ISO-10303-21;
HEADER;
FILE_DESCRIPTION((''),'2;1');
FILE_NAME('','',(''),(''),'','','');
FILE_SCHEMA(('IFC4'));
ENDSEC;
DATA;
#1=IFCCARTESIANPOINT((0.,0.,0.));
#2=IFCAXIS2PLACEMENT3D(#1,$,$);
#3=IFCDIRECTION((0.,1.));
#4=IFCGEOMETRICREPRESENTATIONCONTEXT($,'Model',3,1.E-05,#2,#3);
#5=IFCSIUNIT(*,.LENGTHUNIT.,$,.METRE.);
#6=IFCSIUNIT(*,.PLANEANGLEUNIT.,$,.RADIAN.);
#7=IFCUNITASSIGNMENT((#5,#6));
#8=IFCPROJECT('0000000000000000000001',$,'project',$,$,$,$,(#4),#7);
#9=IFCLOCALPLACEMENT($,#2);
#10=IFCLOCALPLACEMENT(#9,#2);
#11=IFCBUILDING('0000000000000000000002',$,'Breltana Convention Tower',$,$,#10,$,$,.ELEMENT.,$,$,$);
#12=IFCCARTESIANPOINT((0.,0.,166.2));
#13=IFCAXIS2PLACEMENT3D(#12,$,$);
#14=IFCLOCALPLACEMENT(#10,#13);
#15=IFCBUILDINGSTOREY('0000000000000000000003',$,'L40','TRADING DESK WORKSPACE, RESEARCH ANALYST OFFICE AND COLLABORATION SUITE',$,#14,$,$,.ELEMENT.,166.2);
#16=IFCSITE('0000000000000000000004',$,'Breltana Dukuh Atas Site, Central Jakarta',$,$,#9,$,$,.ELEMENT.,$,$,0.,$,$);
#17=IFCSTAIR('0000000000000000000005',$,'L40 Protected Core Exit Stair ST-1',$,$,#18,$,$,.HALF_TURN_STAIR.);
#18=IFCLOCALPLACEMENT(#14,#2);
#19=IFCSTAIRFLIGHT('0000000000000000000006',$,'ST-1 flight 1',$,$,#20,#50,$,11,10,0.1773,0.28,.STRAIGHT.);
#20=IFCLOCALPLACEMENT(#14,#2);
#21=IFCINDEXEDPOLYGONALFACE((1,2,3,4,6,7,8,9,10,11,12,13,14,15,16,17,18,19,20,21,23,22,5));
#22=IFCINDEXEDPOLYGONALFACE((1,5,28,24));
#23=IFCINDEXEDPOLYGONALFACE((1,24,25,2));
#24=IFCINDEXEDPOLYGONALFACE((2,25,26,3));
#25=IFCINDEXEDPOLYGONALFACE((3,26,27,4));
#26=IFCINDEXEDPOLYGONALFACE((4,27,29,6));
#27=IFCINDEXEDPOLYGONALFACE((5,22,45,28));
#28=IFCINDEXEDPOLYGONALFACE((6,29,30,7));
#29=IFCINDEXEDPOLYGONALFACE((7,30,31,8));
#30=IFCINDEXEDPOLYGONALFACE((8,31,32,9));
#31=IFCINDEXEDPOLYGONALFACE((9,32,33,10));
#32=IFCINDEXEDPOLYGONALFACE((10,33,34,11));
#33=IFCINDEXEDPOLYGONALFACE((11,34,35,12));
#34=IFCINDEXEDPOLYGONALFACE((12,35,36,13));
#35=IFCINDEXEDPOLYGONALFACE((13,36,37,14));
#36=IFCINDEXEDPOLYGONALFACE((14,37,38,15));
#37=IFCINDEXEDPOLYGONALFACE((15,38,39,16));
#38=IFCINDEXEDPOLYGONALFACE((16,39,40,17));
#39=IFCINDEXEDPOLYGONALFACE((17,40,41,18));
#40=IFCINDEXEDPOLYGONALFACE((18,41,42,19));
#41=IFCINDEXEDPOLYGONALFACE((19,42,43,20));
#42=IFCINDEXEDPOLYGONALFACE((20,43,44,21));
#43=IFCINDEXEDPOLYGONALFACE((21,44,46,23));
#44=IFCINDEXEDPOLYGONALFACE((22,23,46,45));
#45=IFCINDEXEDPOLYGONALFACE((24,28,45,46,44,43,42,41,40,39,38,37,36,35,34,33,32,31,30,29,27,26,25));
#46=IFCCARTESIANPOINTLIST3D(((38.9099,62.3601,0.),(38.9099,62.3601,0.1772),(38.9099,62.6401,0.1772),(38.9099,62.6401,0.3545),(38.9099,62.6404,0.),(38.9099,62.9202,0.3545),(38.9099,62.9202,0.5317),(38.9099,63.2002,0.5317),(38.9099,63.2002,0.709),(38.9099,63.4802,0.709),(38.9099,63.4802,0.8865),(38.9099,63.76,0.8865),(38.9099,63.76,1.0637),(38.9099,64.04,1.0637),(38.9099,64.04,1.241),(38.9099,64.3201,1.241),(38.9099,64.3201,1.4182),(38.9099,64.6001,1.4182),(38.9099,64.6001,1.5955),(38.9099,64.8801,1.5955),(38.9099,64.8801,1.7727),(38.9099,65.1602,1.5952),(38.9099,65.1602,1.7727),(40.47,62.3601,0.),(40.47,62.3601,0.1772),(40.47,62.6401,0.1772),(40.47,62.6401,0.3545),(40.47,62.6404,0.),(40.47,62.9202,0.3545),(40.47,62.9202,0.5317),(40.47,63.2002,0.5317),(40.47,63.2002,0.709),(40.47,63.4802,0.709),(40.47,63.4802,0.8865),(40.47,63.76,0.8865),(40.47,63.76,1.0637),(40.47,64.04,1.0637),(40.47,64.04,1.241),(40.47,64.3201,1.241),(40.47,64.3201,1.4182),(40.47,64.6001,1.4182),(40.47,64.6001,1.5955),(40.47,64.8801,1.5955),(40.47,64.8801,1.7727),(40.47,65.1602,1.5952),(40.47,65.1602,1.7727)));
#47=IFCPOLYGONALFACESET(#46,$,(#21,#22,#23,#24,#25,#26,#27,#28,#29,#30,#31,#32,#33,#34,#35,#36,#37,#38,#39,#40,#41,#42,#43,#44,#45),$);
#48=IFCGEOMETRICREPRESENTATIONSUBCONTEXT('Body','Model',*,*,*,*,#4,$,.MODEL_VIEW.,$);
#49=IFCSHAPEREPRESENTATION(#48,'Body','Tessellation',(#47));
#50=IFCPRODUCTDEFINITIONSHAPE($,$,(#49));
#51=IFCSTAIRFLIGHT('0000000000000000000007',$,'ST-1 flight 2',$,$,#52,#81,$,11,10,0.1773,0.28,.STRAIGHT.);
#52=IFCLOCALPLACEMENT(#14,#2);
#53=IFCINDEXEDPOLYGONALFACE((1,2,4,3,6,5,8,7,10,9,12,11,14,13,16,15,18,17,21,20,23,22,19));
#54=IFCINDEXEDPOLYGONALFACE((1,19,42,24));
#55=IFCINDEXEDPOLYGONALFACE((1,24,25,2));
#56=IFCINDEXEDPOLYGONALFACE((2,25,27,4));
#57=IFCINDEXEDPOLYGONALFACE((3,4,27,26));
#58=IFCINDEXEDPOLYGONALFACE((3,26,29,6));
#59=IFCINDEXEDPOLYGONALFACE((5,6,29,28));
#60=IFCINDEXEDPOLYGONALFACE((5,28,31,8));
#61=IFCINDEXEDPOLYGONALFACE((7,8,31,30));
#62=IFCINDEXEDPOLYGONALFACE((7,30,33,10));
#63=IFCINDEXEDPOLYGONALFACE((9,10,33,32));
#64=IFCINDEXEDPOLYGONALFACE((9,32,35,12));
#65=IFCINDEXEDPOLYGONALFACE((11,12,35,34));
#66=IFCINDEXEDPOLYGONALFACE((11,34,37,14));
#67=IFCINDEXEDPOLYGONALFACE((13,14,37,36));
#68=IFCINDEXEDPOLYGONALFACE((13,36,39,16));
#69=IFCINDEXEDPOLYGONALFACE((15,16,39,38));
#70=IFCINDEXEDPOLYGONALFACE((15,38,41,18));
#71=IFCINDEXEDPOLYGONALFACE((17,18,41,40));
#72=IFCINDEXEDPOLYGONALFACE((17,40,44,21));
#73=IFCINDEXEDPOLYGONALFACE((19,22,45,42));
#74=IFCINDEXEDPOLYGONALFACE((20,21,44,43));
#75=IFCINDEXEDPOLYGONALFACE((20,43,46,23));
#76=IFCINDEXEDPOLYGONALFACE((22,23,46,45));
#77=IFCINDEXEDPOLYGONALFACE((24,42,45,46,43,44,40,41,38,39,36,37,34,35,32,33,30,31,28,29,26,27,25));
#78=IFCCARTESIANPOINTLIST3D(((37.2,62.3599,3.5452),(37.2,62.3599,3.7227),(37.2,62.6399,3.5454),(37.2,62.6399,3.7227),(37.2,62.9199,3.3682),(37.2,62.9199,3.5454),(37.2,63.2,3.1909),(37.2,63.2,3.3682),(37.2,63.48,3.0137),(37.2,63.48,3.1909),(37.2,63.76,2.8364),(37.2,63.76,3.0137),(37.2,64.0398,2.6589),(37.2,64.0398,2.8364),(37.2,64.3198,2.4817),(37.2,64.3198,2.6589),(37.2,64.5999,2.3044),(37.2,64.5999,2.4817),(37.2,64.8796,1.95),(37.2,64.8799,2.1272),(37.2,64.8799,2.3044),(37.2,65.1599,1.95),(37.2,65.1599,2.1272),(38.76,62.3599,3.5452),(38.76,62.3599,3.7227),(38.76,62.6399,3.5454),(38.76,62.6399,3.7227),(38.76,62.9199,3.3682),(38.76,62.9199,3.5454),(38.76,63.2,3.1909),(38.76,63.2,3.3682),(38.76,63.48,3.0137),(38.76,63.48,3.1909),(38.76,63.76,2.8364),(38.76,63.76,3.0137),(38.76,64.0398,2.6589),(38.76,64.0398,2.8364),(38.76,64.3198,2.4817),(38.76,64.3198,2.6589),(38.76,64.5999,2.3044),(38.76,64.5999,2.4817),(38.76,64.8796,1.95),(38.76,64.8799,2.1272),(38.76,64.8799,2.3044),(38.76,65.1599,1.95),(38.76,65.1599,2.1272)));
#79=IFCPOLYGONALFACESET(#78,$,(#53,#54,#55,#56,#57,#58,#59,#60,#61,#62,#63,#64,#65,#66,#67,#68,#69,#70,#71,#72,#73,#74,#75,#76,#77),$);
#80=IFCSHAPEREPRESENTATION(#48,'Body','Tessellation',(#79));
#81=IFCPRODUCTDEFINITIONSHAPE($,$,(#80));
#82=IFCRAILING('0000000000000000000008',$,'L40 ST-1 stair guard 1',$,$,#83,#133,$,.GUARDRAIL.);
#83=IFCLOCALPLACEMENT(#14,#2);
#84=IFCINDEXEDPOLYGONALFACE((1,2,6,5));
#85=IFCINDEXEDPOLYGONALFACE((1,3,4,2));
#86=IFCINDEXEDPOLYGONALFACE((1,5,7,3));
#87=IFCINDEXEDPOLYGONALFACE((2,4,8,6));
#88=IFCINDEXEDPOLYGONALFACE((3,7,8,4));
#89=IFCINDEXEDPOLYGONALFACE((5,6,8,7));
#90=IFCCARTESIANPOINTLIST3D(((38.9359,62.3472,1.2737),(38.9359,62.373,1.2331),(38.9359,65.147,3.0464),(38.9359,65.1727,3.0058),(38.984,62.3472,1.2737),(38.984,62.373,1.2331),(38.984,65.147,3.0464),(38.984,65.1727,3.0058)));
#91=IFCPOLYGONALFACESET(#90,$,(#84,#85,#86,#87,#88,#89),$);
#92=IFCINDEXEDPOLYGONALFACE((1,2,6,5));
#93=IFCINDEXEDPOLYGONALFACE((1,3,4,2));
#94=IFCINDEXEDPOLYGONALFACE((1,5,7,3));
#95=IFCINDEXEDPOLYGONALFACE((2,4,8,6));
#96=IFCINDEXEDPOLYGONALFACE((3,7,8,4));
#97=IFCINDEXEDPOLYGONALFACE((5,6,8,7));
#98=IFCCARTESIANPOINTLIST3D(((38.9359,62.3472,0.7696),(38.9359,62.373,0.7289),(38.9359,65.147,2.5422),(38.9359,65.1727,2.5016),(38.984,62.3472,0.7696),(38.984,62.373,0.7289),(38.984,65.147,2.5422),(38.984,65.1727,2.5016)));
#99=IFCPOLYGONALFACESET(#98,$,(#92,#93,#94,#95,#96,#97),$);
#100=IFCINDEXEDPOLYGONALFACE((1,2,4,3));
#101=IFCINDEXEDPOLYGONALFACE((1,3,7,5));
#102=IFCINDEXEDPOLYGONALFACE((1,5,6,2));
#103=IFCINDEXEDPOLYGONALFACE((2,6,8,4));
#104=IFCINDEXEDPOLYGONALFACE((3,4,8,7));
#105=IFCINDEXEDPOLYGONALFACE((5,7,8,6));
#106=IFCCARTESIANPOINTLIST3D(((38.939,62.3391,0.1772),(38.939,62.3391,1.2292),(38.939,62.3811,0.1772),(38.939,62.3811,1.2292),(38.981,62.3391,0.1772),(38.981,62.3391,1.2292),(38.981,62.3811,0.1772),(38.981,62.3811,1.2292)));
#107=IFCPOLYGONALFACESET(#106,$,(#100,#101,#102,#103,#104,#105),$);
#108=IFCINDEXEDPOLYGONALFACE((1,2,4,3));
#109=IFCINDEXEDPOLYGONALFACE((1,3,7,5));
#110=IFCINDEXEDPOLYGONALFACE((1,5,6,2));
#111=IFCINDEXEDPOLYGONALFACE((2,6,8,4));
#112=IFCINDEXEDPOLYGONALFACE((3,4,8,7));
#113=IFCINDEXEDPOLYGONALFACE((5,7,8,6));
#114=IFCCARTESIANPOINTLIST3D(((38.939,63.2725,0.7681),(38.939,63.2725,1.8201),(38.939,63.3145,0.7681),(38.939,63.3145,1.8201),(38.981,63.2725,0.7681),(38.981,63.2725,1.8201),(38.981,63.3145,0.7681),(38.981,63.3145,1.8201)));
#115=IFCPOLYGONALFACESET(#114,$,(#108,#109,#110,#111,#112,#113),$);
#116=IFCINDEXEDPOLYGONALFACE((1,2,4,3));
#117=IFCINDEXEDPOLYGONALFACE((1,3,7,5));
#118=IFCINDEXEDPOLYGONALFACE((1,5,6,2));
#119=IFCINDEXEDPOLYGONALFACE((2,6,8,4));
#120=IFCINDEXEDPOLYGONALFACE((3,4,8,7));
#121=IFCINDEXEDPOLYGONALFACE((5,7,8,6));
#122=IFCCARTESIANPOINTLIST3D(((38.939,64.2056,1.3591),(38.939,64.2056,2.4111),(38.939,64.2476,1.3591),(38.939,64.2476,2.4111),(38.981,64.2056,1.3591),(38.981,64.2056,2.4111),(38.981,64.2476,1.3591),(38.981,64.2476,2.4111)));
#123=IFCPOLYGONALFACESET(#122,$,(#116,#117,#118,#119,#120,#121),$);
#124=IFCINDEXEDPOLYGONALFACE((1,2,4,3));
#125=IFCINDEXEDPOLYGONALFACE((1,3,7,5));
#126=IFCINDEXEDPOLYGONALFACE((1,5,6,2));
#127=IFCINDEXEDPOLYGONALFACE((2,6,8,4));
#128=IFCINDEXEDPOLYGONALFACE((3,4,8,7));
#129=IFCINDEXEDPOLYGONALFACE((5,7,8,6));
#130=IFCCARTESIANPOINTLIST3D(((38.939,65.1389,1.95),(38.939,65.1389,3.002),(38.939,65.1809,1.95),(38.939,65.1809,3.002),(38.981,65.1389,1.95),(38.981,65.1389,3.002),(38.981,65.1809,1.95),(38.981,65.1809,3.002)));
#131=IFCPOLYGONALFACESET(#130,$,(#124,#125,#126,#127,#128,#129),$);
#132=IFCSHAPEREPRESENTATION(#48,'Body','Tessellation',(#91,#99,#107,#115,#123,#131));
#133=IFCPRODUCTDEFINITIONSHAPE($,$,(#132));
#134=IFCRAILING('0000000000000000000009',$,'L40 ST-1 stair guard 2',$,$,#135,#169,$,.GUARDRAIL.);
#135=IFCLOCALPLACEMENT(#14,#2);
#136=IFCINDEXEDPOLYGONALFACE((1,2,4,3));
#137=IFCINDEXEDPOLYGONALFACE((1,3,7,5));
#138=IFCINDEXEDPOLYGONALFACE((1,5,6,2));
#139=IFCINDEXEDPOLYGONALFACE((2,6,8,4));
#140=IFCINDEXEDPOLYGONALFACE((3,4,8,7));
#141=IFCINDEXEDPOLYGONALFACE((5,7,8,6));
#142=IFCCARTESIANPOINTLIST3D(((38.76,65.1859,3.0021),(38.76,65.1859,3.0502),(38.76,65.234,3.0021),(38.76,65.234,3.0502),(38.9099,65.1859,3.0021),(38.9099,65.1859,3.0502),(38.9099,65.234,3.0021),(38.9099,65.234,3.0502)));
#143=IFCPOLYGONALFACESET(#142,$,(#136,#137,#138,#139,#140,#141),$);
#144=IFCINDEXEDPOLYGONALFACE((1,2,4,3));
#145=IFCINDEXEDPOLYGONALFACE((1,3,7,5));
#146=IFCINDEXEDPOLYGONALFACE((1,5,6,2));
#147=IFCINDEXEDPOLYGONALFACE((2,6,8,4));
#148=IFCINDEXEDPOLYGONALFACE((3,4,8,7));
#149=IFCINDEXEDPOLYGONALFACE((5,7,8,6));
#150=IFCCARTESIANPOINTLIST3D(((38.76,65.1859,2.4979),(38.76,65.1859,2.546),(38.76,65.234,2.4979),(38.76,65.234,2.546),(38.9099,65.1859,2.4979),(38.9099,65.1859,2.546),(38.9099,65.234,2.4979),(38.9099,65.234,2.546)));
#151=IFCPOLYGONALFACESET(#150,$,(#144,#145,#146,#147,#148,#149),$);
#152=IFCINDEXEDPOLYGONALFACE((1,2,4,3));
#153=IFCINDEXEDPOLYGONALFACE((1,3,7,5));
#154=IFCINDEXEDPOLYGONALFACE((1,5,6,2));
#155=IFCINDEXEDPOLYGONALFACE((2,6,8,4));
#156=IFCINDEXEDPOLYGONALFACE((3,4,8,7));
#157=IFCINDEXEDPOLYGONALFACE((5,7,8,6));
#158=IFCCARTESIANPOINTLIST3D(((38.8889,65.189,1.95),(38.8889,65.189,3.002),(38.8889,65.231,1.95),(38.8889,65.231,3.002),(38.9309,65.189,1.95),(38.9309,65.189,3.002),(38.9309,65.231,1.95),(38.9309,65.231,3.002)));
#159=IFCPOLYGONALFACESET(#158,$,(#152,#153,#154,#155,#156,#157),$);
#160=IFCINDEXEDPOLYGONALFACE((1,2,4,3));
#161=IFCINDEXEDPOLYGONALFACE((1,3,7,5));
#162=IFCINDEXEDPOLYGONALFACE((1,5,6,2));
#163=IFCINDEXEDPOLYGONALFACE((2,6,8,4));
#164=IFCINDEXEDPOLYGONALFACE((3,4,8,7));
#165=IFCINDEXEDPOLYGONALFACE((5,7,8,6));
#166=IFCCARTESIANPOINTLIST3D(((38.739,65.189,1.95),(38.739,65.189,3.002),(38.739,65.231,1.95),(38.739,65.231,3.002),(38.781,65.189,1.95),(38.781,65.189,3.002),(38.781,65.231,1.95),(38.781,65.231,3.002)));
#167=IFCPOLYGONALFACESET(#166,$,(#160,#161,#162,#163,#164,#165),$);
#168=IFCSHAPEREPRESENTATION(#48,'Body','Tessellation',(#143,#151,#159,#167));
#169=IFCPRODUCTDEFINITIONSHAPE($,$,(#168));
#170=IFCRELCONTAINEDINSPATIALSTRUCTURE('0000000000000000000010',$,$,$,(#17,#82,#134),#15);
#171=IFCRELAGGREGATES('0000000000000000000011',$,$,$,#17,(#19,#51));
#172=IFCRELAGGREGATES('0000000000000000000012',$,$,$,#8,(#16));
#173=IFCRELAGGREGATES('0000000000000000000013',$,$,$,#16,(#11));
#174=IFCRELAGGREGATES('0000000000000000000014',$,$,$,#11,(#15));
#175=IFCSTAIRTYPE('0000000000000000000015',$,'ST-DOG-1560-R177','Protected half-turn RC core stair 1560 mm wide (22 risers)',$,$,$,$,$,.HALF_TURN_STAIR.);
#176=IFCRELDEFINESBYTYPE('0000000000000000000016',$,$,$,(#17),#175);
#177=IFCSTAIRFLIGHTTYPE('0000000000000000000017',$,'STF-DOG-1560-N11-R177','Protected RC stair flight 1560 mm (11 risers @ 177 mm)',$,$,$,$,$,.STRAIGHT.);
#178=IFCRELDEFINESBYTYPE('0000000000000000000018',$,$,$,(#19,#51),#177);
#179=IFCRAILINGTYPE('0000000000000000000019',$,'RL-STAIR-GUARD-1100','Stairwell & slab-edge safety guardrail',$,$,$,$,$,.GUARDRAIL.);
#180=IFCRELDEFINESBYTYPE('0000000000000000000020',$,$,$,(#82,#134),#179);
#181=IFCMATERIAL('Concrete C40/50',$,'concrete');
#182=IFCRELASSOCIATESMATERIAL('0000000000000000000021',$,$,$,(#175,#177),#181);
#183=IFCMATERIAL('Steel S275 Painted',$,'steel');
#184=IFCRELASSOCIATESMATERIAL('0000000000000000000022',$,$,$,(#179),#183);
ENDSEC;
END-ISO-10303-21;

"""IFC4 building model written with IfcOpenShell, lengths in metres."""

from ifc_helpers import new_model, si_unit, direction, frame, origin, origin_2d, place, context, subcontext, project, spatial, polyline, rectangle, outline, extrude, material, type_object, element, aggregate, save


model = new_model("IFC4")

# Units and contexts
model_context = context("Model", 3, precision=1e-05, world=origin(), true_north=direction((0.0, 1.0)))
body_context = subcontext(model_context, "Body", "Model", "MODEL_VIEW")
ifc_project = project(units=[si_unit("LENGTHUNIT", "METRE"), si_unit("PLANEANGLEUNIT", "RADIAN")], contexts=[model_context])

# Site, building, storey
site_placement = place(None, origin())
site = spatial("IfcSite", under=ifc_project, at=site_placement, Name="Breltana Dukuh Atas Site, Central Jakarta", CompositionType="ELEMENT", RefElevation=0.0)
building_placement = place(site_placement, origin())
building = spatial("IfcBuilding", under=site, at=building_placement, Name="Breltana Convention Tower", CompositionType="ELEMENT")
storey_placement = place(building_placement, frame((0.0, 0.0, 166.2)))
storey = spatial("IfcBuildingStorey", under=building, at=storey_placement, Name="L40", Description="TRADING DESK WORKSPACE, RESEARCH ANALYST OFFICE AND COLLABORATION SUITE", CompositionType="ELEMENT", Elevation=166.2)

# Stair, stair flights
ifc_material_1 = material(Name="Concrete C40/50", Category="concrete")
stair_type = type_object("IfcStairType", Name="ST-DOG-1560-R177", Description="Protected half-turn RC core stair 1560 mm wide (22 risers)", PredefinedType="HALF_TURN_STAIR", material=ifc_material_1)
stair_placement = place(storey_placement, origin())
stair = element("IfcStair", 1, at=stair_placement, inside=storey, type_object=stair_type, Name="L40 Protected Core Exit Stair ST-1", PredefinedType="HALF_TURN_STAIR")
stair_flight_type = type_object("IfcStairFlightType", Name="STF-DOG-1560-N11-R177", Description="Protected RC stair flight 1560 mm (11 risers @ 177 mm)", PredefinedType="STRAIGHT", material=ifc_material_1)
stair_flight_1_placement = place(storey_placement, frame((39.6899, 62.3601, 0.0), z_axis=(0.0, 0.0, 1.0), x_axis=(0.0, 1.0, 0.0)))
stair_flight_1 = element("IfcStairFlight", 2, at=stair_flight_1_placement, type_object=stair_flight_type, Name="ST-1 flight 1", NumberOfRisers=11, NumberOfTreads=10, PredefinedType="STRAIGHT", RiserHeight=0.1773, TreadLength=0.28, context=body_context, shape_type="SweptSolid", body=[
    extrude(outline(polyline([(0.0, 0.0), (0.0, 0.1772), (0.28, 0.1772), (0.28, 0.3545), (0.5601, 0.3545), (0.5601, 0.5317), (0.8401, 0.5317), (0.8401, 0.709), (1.1201, 0.709), (1.1201, 0.8865), (1.3999, 0.8865), (1.3999, 1.0637), (1.6799, 1.0637), (1.6799, 1.241), (1.96, 1.241), (1.96, 1.4182), (2.24, 1.4182), (2.24, 1.5955), (2.52, 1.5955), (2.52, 1.7727), (2.8, 1.7727), (2.8, 1.95), (2.8, 1.5952), (0.2803, 0.0), (0.0, 0.0)])), frame((0.0, 0.78, 0.0), z_axis=(0.0, -1.0, 0.0), x_axis=(1.0, 0.0, 0.0)), (0.0, 0.0, 1.0), 1.5601),
])
stair_flight_2_placement = place(storey_placement, frame((37.98, 65.1599, 1.95), z_axis=(0.0, 0.0, 1.0), x_axis=(0.0, -1.0, 0.0)))
stair_flight_2 = element("IfcStairFlight", 3, at=stair_flight_2_placement, type_object=stair_flight_type, Name="ST-1 flight 2", NumberOfRisers=11, NumberOfTreads=10, PredefinedType="STRAIGHT", RiserHeight=0.1773, TreadLength=0.28, context=body_context, shape_type="SweptSolid", body=[
    extrude(outline(polyline([(0.0, 0.0), (0.0, 0.1772), (0.28, 0.1772), (0.28, 0.3545), (0.5601, 0.3545), (0.5601, 0.5317), (0.8401, 0.5317), (0.8401, 0.709), (1.1201, 0.709), (1.1201, 0.8865), (1.3999, 0.8865), (1.3999, 1.0637), (1.6799, 1.0637), (1.6799, 1.241), (1.96, 1.241), (1.96, 1.4182), (2.24, 1.4182), (2.24, 1.5955), (2.52, 1.5955), (2.52, 1.7727), (2.8, 1.7727), (2.8, 1.95), (2.8, 1.5952), (0.2803, 0.0), (0.0, 0.0)])), frame((0.0, 0.78, 0.0), z_axis=(0.0, -1.0, 0.0), x_axis=(1.0, 0.0, 0.0)), (0.0, 0.0, 1.0), 1.5601),
])
aggregate(stair, [stair_flight_1, stair_flight_2])

# Railings
ifc_material_2 = material(Name="Steel S275 Painted", Category="steel")
railing_type_1 = type_object("IfcRailingType", Name="RL-STAIR-GUARD-1100", Description="Stairwell & slab-edge safety guardrail", PredefinedType="GUARDRAIL", material=ifc_material_2)
railing_1_placement = place(storey_placement, frame((38.96, 62.3601, 0.1772)))
element("IfcRailing", 4, at=railing_1_placement, inside=storey, type_object=railing_type_1, Name="L40 ST-1 stair guard 1", PredefinedType="GUARDRAIL", context=body_context, shape_type="SweptSolid", body=[
    extrude(rectangle(XDim=0.0481, YDim=0.0481, at=origin_2d()), frame((0.0, 0.0, 1.0762), z_axis=(0.0, 0.844888, 0.534943), x_axis=(-1.0, 0.0, 0.0)), (0.0, 0.0, 1.0), 3.3137),
    extrude(rectangle(XDim=0.0481, YDim=0.0481, at=origin_2d()), frame((0.0, 0.0, 0.572), z_axis=(0.0, 0.844888, 0.534943), x_axis=(-1.0, 0.0, 0.0)), (0.0, 0.0, 1.0), 3.3137),
    extrude(rectangle(XDim=0.042, YDim=0.042, at=origin_2d()), origin(), (0.0, 0.0, 1.0), 1.052),
    extrude(rectangle(XDim=0.042, YDim=0.042, at=origin_2d()), frame((0.0, 0.9333, 0.5908)), (0.0, 0.0, 1.0), 1.052),
    extrude(rectangle(XDim=0.042, YDim=0.042, at=origin_2d()), frame((0.0, 1.8665, 1.1819)), (0.0, 0.0, 1.0), 1.052),
    extrude(rectangle(XDim=0.042, YDim=0.042, at=origin_2d()), frame((0.0, 2.7998, 1.7727)), (0.0, 0.0, 1.0), 1.052),
])
railing_2_placement = place(storey_placement, frame((38.9099, 65.21, 1.95)))
element("IfcRailing", 5, at=railing_2_placement, inside=storey, type_object=railing_type_1, Name="L40 ST-1 stair guard 2", PredefinedType="GUARDRAIL", context=body_context, shape_type="SweptSolid", body=[
    extrude(rectangle(XDim=0.0481, YDim=0.0481, at=origin_2d()), frame((0.0, 0.0, 1.0762), z_axis=(-1.0, 0.0, 0.0), x_axis=(0.0, -1.0, 0.0)), (0.0, 0.0, 1.0), 0.1499),
    extrude(rectangle(XDim=0.0481, YDim=0.0481, at=origin_2d()), frame((0.0, 0.0, 0.572), z_axis=(-1.0, 0.0, 0.0), x_axis=(0.0, -1.0, 0.0)), (0.0, 0.0, 1.0), 0.1499),
    extrude(rectangle(XDim=0.042, YDim=0.042, at=origin_2d()), origin(), (0.0, 0.0, 1.0), 1.052),
    extrude(rectangle(XDim=0.042, YDim=0.042, at=origin_2d()), frame((-0.1499, 0.0, 0.0)), (0.0, 0.0, 1.0), 1.052),
])

save(model, "model.ifc")
